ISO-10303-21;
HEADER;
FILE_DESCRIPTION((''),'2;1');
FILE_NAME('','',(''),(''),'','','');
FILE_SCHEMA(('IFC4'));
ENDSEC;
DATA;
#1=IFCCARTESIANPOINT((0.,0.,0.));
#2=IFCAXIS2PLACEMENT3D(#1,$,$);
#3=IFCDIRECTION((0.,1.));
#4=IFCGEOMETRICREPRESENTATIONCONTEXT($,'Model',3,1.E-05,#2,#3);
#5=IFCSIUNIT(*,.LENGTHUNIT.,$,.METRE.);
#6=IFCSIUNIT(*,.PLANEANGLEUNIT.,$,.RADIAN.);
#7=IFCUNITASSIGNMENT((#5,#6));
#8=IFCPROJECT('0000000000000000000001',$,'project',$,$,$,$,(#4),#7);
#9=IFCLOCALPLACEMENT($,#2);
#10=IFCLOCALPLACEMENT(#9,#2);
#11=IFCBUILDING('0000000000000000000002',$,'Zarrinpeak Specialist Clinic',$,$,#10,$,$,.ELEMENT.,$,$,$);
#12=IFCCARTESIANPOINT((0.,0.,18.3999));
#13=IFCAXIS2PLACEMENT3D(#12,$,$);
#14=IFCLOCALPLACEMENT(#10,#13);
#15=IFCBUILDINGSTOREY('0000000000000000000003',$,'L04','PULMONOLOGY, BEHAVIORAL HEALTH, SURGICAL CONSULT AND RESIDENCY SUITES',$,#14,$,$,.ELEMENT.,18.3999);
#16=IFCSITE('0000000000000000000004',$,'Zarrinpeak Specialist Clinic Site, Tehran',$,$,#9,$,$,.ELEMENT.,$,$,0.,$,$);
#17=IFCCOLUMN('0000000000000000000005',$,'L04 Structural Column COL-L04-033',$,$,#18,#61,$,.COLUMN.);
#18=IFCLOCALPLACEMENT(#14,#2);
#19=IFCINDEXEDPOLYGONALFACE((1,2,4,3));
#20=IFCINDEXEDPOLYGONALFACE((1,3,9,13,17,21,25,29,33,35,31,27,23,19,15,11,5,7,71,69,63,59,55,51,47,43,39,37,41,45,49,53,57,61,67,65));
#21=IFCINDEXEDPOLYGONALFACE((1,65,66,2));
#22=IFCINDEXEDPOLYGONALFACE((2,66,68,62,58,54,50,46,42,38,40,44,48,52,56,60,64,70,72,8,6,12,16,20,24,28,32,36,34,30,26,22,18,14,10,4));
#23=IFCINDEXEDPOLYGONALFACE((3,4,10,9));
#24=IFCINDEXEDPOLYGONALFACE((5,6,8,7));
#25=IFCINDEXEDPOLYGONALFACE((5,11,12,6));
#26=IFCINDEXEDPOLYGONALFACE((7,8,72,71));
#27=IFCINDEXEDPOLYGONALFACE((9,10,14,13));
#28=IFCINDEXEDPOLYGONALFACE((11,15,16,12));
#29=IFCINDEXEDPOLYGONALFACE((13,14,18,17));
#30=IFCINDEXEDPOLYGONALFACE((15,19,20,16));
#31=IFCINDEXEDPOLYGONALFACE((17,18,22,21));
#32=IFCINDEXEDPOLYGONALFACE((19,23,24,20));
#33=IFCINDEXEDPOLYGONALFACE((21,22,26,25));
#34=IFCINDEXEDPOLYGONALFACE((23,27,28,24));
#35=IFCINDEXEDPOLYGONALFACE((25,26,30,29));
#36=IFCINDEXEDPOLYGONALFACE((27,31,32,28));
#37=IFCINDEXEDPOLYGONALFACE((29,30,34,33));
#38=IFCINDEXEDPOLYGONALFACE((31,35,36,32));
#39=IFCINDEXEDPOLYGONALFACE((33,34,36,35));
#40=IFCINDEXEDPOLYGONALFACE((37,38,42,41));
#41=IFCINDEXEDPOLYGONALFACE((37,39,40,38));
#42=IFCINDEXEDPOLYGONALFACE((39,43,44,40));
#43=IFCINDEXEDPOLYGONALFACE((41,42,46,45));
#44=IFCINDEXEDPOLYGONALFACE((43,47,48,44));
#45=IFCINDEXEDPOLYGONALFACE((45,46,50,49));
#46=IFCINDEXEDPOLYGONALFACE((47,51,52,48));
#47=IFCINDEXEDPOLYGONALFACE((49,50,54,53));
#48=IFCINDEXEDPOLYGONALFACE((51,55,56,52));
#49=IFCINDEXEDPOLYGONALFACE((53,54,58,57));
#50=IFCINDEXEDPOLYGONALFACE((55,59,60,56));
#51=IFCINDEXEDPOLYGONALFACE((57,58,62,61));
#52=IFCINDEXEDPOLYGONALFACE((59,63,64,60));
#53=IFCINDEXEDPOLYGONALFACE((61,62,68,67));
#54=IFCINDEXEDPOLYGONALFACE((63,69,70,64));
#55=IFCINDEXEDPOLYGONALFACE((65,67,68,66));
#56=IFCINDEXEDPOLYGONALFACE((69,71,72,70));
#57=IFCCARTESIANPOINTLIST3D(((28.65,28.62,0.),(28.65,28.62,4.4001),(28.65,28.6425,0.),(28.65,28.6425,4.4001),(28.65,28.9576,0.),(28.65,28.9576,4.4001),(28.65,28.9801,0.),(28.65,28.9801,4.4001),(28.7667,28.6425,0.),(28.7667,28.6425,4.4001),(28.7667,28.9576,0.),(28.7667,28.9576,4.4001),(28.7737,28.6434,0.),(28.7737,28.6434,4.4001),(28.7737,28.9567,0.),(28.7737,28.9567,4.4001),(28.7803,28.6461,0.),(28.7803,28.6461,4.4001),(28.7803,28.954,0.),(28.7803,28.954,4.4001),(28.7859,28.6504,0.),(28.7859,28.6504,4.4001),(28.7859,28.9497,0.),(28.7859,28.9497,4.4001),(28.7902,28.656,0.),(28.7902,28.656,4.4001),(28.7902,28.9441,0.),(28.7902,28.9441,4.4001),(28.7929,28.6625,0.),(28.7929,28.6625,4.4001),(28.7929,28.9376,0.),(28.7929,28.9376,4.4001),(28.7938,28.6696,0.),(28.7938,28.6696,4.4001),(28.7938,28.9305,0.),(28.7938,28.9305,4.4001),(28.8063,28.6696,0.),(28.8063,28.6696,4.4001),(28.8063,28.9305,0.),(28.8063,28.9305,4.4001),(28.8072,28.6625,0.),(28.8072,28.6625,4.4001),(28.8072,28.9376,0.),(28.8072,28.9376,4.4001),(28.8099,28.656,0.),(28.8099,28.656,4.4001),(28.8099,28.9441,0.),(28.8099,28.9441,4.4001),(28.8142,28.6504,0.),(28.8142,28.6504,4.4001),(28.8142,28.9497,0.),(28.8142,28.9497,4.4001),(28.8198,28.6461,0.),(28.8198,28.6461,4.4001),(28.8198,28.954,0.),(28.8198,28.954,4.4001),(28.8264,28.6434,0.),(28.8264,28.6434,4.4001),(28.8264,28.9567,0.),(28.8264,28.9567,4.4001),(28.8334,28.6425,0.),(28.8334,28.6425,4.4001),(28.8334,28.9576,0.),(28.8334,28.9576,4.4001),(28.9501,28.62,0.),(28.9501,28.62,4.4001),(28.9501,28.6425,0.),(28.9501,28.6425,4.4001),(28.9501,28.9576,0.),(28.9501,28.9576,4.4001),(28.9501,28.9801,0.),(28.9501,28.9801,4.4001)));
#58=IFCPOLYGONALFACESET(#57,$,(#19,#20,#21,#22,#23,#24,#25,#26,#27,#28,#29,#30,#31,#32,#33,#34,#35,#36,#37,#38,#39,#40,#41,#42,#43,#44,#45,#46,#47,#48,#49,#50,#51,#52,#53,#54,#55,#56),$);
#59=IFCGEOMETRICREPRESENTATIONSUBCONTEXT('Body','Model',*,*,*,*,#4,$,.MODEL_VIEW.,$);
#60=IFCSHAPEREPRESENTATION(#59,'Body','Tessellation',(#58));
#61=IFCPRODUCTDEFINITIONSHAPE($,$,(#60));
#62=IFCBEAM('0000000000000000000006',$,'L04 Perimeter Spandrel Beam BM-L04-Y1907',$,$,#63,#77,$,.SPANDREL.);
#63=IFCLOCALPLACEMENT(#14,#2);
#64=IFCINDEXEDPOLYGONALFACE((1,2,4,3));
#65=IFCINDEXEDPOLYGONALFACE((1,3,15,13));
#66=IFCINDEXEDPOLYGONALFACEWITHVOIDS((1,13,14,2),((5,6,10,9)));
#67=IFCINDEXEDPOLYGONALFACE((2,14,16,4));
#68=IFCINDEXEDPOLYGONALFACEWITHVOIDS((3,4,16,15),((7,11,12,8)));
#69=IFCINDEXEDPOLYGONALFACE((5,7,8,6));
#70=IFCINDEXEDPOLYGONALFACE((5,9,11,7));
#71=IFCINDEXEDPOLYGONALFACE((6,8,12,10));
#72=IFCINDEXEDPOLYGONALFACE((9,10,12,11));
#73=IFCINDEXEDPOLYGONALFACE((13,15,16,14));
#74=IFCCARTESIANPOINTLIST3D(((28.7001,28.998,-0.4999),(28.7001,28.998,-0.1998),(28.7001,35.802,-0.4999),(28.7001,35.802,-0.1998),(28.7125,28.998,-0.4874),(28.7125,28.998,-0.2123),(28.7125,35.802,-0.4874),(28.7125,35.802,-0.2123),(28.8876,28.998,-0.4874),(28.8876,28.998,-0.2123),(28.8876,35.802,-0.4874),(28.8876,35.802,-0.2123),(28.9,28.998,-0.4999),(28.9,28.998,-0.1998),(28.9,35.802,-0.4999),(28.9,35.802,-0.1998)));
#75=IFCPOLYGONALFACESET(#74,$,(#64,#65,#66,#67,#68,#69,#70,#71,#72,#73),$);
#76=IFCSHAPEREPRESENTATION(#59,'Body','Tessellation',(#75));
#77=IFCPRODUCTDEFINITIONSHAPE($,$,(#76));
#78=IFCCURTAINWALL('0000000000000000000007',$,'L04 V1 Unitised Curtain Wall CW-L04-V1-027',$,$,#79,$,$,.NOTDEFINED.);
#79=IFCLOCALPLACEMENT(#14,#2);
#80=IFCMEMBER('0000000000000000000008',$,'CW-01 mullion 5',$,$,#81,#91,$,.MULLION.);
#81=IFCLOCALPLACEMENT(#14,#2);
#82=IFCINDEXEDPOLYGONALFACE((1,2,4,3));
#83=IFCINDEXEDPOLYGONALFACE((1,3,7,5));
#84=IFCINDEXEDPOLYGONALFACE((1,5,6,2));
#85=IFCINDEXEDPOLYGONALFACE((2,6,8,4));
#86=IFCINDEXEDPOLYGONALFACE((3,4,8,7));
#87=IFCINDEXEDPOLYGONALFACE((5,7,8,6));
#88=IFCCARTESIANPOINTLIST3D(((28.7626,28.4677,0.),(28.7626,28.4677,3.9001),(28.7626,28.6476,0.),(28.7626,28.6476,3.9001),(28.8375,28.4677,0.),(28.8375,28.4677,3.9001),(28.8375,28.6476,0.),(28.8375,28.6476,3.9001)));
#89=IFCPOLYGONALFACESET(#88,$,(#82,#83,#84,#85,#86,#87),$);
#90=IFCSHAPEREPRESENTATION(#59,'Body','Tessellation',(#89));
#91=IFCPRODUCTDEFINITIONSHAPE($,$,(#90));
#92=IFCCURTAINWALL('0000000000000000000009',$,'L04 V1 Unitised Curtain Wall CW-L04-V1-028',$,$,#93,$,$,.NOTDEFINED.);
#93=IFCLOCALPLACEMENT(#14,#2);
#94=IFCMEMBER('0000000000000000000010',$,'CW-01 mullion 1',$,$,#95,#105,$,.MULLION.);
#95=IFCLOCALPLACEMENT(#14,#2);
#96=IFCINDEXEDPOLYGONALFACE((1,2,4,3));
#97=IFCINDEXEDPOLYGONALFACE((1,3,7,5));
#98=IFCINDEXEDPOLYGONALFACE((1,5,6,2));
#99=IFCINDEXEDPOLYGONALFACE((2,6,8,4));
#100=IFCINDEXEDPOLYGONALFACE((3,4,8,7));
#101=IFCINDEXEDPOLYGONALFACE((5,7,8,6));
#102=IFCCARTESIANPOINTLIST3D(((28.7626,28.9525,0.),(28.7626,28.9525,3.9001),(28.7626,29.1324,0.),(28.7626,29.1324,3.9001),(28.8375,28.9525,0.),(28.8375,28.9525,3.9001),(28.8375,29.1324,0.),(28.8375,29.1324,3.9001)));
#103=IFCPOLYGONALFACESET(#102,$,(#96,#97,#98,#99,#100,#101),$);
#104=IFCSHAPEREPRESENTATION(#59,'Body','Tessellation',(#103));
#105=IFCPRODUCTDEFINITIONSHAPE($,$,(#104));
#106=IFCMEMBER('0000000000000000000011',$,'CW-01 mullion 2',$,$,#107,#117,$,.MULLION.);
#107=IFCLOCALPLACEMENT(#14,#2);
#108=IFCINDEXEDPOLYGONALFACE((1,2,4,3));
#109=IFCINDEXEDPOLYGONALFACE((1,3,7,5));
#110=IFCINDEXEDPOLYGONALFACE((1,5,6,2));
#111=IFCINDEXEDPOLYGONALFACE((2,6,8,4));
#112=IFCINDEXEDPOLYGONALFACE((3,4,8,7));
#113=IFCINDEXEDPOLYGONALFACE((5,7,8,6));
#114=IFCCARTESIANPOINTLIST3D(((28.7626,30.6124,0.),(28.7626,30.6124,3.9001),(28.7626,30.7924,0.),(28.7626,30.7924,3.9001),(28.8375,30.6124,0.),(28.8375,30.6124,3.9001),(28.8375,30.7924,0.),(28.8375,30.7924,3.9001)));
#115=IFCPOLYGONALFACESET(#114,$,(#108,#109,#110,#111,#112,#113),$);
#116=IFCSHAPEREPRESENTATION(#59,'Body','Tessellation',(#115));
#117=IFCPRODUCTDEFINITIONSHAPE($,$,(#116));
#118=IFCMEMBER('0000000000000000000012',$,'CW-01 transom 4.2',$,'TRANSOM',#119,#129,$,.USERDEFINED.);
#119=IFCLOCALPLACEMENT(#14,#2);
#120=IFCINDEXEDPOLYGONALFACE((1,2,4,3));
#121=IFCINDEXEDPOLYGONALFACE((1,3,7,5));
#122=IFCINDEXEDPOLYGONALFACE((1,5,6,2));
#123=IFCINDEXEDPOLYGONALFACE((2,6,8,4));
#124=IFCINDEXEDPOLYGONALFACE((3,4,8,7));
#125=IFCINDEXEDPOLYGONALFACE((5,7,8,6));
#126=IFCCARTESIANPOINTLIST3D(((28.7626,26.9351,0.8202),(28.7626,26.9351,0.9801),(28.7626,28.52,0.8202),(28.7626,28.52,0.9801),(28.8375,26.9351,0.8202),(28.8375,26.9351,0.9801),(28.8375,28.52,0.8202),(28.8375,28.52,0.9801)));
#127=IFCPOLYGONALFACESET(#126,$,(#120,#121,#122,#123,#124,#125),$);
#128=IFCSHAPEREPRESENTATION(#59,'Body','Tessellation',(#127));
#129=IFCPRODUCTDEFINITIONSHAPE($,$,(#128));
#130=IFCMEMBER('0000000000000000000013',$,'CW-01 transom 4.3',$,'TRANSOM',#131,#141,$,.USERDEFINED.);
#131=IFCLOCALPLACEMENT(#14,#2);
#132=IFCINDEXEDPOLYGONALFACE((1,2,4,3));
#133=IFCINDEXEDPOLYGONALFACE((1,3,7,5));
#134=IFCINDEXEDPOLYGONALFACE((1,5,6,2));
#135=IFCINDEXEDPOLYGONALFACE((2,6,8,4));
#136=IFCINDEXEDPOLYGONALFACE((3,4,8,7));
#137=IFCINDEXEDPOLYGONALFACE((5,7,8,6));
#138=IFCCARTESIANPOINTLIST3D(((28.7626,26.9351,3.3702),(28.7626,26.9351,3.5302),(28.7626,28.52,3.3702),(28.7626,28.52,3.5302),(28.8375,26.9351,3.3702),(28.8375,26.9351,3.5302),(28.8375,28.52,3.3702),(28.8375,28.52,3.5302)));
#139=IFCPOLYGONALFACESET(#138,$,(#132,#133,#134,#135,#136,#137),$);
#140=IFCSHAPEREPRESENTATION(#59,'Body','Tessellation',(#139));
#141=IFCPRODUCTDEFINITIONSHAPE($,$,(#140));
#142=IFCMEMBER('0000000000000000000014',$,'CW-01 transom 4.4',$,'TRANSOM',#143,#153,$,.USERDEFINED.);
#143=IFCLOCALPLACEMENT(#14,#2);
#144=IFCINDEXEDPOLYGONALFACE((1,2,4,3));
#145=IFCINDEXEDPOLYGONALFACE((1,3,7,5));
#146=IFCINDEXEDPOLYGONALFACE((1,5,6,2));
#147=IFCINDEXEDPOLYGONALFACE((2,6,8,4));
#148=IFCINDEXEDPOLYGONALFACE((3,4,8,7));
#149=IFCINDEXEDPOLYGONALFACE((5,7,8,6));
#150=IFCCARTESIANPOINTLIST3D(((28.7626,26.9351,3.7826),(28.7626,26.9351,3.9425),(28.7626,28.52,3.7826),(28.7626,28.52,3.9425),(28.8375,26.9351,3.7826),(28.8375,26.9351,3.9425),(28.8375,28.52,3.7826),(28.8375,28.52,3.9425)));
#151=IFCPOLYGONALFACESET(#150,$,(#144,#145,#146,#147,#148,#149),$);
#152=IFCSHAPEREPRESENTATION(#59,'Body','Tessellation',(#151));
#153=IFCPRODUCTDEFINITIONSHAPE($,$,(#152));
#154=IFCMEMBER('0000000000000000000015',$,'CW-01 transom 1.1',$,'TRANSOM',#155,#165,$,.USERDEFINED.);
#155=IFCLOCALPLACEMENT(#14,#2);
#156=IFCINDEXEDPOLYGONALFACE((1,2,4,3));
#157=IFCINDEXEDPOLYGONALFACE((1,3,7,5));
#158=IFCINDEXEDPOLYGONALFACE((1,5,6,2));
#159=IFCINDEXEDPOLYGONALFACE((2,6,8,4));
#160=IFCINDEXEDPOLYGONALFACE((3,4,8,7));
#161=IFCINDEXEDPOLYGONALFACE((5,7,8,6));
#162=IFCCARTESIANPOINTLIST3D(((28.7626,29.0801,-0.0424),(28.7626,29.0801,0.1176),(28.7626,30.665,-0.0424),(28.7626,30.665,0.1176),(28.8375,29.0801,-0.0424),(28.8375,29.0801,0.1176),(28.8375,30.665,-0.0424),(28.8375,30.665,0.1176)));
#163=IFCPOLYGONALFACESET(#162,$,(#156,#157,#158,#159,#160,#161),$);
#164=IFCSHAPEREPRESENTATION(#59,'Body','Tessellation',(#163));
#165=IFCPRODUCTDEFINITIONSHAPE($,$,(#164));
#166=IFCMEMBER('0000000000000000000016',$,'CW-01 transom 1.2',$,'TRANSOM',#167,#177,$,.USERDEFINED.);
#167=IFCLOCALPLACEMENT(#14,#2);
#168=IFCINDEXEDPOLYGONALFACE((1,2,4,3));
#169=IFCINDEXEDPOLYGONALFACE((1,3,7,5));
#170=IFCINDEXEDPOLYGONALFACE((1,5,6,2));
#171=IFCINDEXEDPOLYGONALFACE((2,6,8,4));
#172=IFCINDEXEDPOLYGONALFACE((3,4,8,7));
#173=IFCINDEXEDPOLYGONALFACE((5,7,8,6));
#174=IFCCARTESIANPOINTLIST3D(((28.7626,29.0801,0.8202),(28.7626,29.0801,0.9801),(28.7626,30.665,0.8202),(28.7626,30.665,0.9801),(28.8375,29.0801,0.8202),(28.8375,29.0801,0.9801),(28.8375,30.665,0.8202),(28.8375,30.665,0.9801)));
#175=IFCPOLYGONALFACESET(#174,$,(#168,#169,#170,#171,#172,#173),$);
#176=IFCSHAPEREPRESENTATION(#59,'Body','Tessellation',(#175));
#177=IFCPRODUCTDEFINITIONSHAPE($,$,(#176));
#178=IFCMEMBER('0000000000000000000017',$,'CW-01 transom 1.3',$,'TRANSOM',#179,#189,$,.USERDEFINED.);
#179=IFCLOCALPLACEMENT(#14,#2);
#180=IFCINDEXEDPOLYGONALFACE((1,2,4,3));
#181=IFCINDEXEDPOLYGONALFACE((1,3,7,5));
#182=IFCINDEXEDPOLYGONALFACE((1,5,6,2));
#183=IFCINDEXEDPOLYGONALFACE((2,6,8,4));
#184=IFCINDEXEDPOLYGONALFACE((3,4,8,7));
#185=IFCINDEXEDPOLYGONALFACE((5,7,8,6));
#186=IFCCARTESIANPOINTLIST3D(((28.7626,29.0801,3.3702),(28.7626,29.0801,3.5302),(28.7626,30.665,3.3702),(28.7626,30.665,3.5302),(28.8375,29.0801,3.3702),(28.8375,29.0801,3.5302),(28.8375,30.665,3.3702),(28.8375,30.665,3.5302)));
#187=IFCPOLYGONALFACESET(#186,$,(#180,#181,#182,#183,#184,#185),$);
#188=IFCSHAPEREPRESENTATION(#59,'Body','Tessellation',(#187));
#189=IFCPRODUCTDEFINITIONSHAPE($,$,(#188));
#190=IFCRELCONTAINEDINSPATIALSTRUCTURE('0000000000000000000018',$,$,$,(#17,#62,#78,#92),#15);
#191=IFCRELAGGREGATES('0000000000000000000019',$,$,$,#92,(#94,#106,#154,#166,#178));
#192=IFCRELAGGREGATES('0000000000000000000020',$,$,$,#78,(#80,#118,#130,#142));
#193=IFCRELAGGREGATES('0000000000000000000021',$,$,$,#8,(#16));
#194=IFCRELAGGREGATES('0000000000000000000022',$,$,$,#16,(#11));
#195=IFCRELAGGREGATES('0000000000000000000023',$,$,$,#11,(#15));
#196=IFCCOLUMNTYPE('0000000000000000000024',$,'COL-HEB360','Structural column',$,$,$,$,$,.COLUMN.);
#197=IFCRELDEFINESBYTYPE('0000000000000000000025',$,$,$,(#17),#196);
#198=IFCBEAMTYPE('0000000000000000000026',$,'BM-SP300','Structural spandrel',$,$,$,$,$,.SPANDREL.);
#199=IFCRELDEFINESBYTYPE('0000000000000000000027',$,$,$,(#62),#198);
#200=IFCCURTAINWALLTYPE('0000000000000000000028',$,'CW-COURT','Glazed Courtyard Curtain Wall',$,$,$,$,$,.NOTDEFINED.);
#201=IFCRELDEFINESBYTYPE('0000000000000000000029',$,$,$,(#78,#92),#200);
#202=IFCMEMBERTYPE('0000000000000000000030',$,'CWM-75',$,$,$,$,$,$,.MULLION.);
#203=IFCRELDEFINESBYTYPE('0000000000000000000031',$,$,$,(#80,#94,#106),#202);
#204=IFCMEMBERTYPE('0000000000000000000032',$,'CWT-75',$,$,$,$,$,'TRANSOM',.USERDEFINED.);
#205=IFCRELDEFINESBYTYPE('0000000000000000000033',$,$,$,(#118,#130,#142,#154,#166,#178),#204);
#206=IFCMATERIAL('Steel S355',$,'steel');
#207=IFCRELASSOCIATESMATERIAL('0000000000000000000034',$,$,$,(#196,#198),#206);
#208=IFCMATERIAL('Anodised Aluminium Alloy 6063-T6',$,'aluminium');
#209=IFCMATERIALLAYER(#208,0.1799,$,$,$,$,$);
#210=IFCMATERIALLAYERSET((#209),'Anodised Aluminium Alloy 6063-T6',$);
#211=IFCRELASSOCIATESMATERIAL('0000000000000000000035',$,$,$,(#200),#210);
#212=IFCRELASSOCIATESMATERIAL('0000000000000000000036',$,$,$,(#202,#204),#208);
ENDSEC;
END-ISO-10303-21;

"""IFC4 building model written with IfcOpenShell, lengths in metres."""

from ifc_helpers import new_model, si_unit, direction, frame, origin, origin_2d, place, context, subcontext, project, spatial, rectangle, hollow_rectangle, i_section, extrude, material, layer, layer_set, material_profile, profile_set, type_object, element, aggregate, save


model = new_model("IFC4")

# Units and contexts
model_context = context("Model", 3, precision=1e-05, world=origin(), true_north=direction((0.0, 1.0)))
body_context = subcontext(model_context, "Body", "Model", "MODEL_VIEW")
ifc_project = project(units=[si_unit("LENGTHUNIT", "METRE"), si_unit("PLANEANGLEUNIT", "RADIAN")], contexts=[model_context])

# Site, building, storey
site_placement = place(None, origin())
site = spatial("IfcSite", under=ifc_project, at=site_placement, Name="Zarrinpeak Specialist Clinic Site, Tehran", CompositionType="ELEMENT", RefElevation=0.0)
building_placement = place(site_placement, origin())
building = spatial("IfcBuilding", under=site, at=building_placement, Name="Zarrinpeak Specialist Clinic", CompositionType="ELEMENT")
storey_placement = place(building_placement, frame((0.0, 0.0, 18.3999)))
storey = spatial("IfcBuildingStorey", under=building, at=storey_placement, Name="L04", Description="PULMONOLOGY, BEHAVIORAL HEALTH, SURGICAL CONSULT AND RESIDENCY SUITES", CompositionType="ELEMENT", Elevation=18.3999)

# Column
ifc_material_1 = material(Name="Steel S355", Category="steel")
ifc_material_profile_1 = material_profile(ifc_material_1, i_section(OverallWidth=0.3, OverallDepth=0.3601, WebThickness=0.0125, FlangeThickness=0.0225, FilletRadius=0.0271, at=origin_2d()), Name="HEB 360")
ifc_profile_set_1 = profile_set([ifc_material_profile_1], Name="Steel S355")
column_type = type_object("IfcColumnType", Name="COL-HEB360", Description="Structural column", PredefinedType="COLUMN", material=ifc_profile_set_1)
column_placement = place(storey_placement, frame((28.8, 28.8, 0.0), z_axis=(0.0, 0.0, 1.0), x_axis=(1.0, 0.0, 0.0)))
element("IfcColumn", 1, at=column_placement, inside=storey, type_object=column_type, Name="L04 Structural Column COL-L04-033", PredefinedType="COLUMN", context=body_context, shape_type="SweptSolid", body=[
    extrude(i_section(OverallWidth=0.3, OverallDepth=0.3601, WebThickness=0.0125, FlangeThickness=0.0225, FilletRadius=0.0271, at=origin_2d()), origin(), (0.0, 0.0, 1.0), 4.4001),
])

# Beam
ifc_material_profile_2 = material_profile(ifc_material_1, hollow_rectangle(XDim=0.2, YDim=0.3, WallThickness=0.0125, at=origin_2d()), Name="RHS 300x200x12.5")
ifc_profile_set_2 = profile_set([ifc_material_profile_2], Name="Steel S355")
beam_type = type_object("IfcBeamType", Name="BM-SP300", Description="Structural spandrel", PredefinedType="SPANDREL", material=ifc_profile_set_2)
beam_placement = place(storey_placement, frame((28.8, 28.998, -0.3499), z_axis=(0.0, 1.0, 0.0), x_axis=(-1.0, 0.0, 0.0)))
element("IfcBeam", 2, at=beam_placement, inside=storey, type_object=beam_type, Name="L04 Perimeter Spandrel Beam BM-L04-Y1907", PredefinedType="SPANDREL", context=body_context, shape_type="SweptSolid", body=[
    extrude(hollow_rectangle(XDim=0.2, YDim=0.3, WallThickness=0.0125, at=origin_2d()), origin(), (0.0, 0.0, 1.0), 6.804),
])

# Curtain wall, member
ifc_material_2 = material(Name="Anodised Aluminium Alloy 6063-T6", Category="aluminium")
ifc_layer_1 = layer(ifc_material_2, 0.1799)
ifc_layer_set_1 = layer_set([ifc_layer_1], Name="Anodised Aluminium Alloy 6063-T6")
curtain_wall_type = type_object("IfcCurtainWallType", Name="CW-COURT", Description="Glazed Courtyard Curtain Wall", PredefinedType="NOTDEFINED", material=ifc_layer_set_1)
curtain_wall_1_placement = place(storey_placement, origin())
curtain_wall_1 = element("IfcCurtainWall", 3, at=curtain_wall_1_placement, inside=storey, type_object=curtain_wall_type, Name="L04 V1 Unitised Curtain Wall CW-L04-V1-027", PredefinedType="NOTDEFINED")
ifc_material_profile_3 = material_profile(ifc_material_2, rectangle(XDim=0.075, YDim=0.1799, at=origin_2d()), Name="ALU 75x180")
ifc_profile_set_3 = profile_set([ifc_material_profile_3], Name="Anodised Aluminium Alloy 6063-T6")
member_type_1 = type_object("IfcMemberType", Name="CWM-75", PredefinedType="MULLION", material=ifc_profile_set_3)
member_1_placement = place(storey_placement, frame((28.8, 28.5576, 0.0), z_axis=(0.0, 0.0, 1.0), x_axis=(-1.0, 0.0, 0.0)))
member_1 = element("IfcMember", 4, at=member_1_placement, type_object=member_type_1, Name="CW-01 mullion 5", PredefinedType="MULLION", context=body_context, shape_type="SweptSolid", body=[
    extrude(rectangle(XDim=0.075, YDim=0.1799, at=origin_2d()), origin(), (0.0, 0.0, 1.0), 3.9001),
])

# Curtain wall, members
curtain_wall_2_placement = place(storey_placement, origin())
curtain_wall_2 = element("IfcCurtainWall", 5, at=curtain_wall_2_placement, inside=storey, type_object=curtain_wall_type, Name="L04 V1 Unitised Curtain Wall CW-L04-V1-028", PredefinedType="NOTDEFINED")
member_2_placement = place(storey_placement, frame((28.8, 29.0425, 0.0), z_axis=(0.0, 0.0, 1.0), x_axis=(-1.0, 0.0, 0.0)))
member_2 = element("IfcMember", 6, at=member_2_placement, type_object=member_type_1, Name="CW-01 mullion 1", PredefinedType="MULLION", context=body_context, shape_type="SweptSolid", body=[
    extrude(rectangle(XDim=0.075, YDim=0.1799, at=origin_2d()), origin(), (0.0, 0.0, 1.0), 3.9001),
])
member_3_placement = place(storey_placement, frame((28.8, 30.7024, 0.0), z_axis=(0.0, 0.0, 1.0), x_axis=(-1.0, 0.0, 0.0)))
member_3 = element("IfcMember", 7, at=member_3_placement, type_object=member_type_1, Name="CW-01 mullion 2", PredefinedType="MULLION", context=body_context, shape_type="SweptSolid", body=[
    extrude(rectangle(XDim=0.075, YDim=0.1799, at=origin_2d()), origin(), (0.0, 0.0, 1.0), 3.9001),
])

# Members
ifc_material_profile_4 = material_profile(ifc_material_2, rectangle(XDim=0.075, YDim=0.1599, at=origin_2d()), Name="ALU 75x160")
ifc_profile_set_4 = profile_set([ifc_material_profile_4], Name="Anodised Aluminium Alloy 6063-T6")
member_type_2 = type_object("IfcMemberType", Name="CWT-75", ElementType="TRANSOM", PredefinedType="USERDEFINED", material=ifc_profile_set_4)
member_4_placement = place(storey_placement, frame((28.8, 26.9351, 0.9001), z_axis=(0.0, 1.0, 0.0), x_axis=(-1.0, 0.0, 0.0)))
member_4 = element("IfcMember", 8, at=member_4_placement, type_object=member_type_2, Name="CW-01 transom 4.2", ObjectType="TRANSOM", PredefinedType="USERDEFINED", context=body_context, shape_type="SweptSolid", body=[
    extrude(rectangle(XDim=0.075, YDim=0.1599, at=origin_2d()), origin(), (0.0, 0.0, 1.0), 1.585),
])
member_5_placement = place(storey_placement, frame((28.8, 26.9351, 3.4502), z_axis=(0.0, 1.0, 0.0), x_axis=(-1.0, 0.0, 0.0)))
member_5 = element("IfcMember", 9, at=member_5_placement, type_object=member_type_2, Name="CW-01 transom 4.3", ObjectType="TRANSOM", PredefinedType="USERDEFINED", context=body_context, shape_type="SweptSolid", body=[
    extrude(rectangle(XDim=0.075, YDim=0.1599, at=origin_2d()), origin(), (0.0, 0.0, 1.0), 1.585),
])
member_6_placement = place(storey_placement, frame((28.8, 26.9351, 3.8625), z_axis=(0.0, 1.0, 0.0), x_axis=(-1.0, 0.0, 0.0)))
member_6 = element("IfcMember", 10, at=member_6_placement, type_object=member_type_2, Name="CW-01 transom 4.4", ObjectType="TRANSOM", PredefinedType="USERDEFINED", context=body_context, shape_type="SweptSolid", body=[
    extrude(rectangle(XDim=0.075, YDim=0.1599, at=origin_2d()), origin(), (0.0, 0.0, 1.0), 1.585),
])
member_7_placement = place(storey_placement, frame((28.8, 29.0801, 0.0376), z_axis=(0.0, 1.0, 0.0), x_axis=(-1.0, 0.0, 0.0)))
member_7 = element("IfcMember", 11, at=member_7_placement, type_object=member_type_2, Name="CW-01 transom 1.1", ObjectType="TRANSOM", PredefinedType="USERDEFINED", context=body_context, shape_type="SweptSolid", body=[
    extrude(rectangle(XDim=0.075, YDim=0.1599, at=origin_2d()), origin(), (0.0, 0.0, 1.0), 1.585),
])
member_8_placement = place(storey_placement, frame((28.8, 29.0801, 0.9001), z_axis=(0.0, 1.0, 0.0), x_axis=(-1.0, 0.0, 0.0)))
member_8 = element("IfcMember", 12, at=member_8_placement, type_object=member_type_2, Name="CW-01 transom 1.2", ObjectType="TRANSOM", PredefinedType="USERDEFINED", context=body_context, shape_type="SweptSolid", body=[
    extrude(rectangle(XDim=0.075, YDim=0.1599, at=origin_2d()), origin(), (0.0, 0.0, 1.0), 1.585),
])
member_9_placement = place(storey_placement, frame((28.8, 29.0801, 3.4502), z_axis=(0.0, 1.0, 0.0), x_axis=(-1.0, 0.0, 0.0)))
member_9 = element("IfcMember", 13, at=member_9_placement, type_object=member_type_2, Name="CW-01 transom 1.3", ObjectType="TRANSOM", PredefinedType="USERDEFINED", context=body_context, shape_type="SweptSolid", body=[
    extrude(rectangle(XDim=0.075, YDim=0.1599, at=origin_2d()), origin(), (0.0, 0.0, 1.0), 1.585),
])

aggregate(curtain_wall_2, [member_2, member_3, member_7, member_8, member_9])
aggregate(curtain_wall_1, [member_1, member_4, member_5, member_6])

save(model, "model.ifc")
